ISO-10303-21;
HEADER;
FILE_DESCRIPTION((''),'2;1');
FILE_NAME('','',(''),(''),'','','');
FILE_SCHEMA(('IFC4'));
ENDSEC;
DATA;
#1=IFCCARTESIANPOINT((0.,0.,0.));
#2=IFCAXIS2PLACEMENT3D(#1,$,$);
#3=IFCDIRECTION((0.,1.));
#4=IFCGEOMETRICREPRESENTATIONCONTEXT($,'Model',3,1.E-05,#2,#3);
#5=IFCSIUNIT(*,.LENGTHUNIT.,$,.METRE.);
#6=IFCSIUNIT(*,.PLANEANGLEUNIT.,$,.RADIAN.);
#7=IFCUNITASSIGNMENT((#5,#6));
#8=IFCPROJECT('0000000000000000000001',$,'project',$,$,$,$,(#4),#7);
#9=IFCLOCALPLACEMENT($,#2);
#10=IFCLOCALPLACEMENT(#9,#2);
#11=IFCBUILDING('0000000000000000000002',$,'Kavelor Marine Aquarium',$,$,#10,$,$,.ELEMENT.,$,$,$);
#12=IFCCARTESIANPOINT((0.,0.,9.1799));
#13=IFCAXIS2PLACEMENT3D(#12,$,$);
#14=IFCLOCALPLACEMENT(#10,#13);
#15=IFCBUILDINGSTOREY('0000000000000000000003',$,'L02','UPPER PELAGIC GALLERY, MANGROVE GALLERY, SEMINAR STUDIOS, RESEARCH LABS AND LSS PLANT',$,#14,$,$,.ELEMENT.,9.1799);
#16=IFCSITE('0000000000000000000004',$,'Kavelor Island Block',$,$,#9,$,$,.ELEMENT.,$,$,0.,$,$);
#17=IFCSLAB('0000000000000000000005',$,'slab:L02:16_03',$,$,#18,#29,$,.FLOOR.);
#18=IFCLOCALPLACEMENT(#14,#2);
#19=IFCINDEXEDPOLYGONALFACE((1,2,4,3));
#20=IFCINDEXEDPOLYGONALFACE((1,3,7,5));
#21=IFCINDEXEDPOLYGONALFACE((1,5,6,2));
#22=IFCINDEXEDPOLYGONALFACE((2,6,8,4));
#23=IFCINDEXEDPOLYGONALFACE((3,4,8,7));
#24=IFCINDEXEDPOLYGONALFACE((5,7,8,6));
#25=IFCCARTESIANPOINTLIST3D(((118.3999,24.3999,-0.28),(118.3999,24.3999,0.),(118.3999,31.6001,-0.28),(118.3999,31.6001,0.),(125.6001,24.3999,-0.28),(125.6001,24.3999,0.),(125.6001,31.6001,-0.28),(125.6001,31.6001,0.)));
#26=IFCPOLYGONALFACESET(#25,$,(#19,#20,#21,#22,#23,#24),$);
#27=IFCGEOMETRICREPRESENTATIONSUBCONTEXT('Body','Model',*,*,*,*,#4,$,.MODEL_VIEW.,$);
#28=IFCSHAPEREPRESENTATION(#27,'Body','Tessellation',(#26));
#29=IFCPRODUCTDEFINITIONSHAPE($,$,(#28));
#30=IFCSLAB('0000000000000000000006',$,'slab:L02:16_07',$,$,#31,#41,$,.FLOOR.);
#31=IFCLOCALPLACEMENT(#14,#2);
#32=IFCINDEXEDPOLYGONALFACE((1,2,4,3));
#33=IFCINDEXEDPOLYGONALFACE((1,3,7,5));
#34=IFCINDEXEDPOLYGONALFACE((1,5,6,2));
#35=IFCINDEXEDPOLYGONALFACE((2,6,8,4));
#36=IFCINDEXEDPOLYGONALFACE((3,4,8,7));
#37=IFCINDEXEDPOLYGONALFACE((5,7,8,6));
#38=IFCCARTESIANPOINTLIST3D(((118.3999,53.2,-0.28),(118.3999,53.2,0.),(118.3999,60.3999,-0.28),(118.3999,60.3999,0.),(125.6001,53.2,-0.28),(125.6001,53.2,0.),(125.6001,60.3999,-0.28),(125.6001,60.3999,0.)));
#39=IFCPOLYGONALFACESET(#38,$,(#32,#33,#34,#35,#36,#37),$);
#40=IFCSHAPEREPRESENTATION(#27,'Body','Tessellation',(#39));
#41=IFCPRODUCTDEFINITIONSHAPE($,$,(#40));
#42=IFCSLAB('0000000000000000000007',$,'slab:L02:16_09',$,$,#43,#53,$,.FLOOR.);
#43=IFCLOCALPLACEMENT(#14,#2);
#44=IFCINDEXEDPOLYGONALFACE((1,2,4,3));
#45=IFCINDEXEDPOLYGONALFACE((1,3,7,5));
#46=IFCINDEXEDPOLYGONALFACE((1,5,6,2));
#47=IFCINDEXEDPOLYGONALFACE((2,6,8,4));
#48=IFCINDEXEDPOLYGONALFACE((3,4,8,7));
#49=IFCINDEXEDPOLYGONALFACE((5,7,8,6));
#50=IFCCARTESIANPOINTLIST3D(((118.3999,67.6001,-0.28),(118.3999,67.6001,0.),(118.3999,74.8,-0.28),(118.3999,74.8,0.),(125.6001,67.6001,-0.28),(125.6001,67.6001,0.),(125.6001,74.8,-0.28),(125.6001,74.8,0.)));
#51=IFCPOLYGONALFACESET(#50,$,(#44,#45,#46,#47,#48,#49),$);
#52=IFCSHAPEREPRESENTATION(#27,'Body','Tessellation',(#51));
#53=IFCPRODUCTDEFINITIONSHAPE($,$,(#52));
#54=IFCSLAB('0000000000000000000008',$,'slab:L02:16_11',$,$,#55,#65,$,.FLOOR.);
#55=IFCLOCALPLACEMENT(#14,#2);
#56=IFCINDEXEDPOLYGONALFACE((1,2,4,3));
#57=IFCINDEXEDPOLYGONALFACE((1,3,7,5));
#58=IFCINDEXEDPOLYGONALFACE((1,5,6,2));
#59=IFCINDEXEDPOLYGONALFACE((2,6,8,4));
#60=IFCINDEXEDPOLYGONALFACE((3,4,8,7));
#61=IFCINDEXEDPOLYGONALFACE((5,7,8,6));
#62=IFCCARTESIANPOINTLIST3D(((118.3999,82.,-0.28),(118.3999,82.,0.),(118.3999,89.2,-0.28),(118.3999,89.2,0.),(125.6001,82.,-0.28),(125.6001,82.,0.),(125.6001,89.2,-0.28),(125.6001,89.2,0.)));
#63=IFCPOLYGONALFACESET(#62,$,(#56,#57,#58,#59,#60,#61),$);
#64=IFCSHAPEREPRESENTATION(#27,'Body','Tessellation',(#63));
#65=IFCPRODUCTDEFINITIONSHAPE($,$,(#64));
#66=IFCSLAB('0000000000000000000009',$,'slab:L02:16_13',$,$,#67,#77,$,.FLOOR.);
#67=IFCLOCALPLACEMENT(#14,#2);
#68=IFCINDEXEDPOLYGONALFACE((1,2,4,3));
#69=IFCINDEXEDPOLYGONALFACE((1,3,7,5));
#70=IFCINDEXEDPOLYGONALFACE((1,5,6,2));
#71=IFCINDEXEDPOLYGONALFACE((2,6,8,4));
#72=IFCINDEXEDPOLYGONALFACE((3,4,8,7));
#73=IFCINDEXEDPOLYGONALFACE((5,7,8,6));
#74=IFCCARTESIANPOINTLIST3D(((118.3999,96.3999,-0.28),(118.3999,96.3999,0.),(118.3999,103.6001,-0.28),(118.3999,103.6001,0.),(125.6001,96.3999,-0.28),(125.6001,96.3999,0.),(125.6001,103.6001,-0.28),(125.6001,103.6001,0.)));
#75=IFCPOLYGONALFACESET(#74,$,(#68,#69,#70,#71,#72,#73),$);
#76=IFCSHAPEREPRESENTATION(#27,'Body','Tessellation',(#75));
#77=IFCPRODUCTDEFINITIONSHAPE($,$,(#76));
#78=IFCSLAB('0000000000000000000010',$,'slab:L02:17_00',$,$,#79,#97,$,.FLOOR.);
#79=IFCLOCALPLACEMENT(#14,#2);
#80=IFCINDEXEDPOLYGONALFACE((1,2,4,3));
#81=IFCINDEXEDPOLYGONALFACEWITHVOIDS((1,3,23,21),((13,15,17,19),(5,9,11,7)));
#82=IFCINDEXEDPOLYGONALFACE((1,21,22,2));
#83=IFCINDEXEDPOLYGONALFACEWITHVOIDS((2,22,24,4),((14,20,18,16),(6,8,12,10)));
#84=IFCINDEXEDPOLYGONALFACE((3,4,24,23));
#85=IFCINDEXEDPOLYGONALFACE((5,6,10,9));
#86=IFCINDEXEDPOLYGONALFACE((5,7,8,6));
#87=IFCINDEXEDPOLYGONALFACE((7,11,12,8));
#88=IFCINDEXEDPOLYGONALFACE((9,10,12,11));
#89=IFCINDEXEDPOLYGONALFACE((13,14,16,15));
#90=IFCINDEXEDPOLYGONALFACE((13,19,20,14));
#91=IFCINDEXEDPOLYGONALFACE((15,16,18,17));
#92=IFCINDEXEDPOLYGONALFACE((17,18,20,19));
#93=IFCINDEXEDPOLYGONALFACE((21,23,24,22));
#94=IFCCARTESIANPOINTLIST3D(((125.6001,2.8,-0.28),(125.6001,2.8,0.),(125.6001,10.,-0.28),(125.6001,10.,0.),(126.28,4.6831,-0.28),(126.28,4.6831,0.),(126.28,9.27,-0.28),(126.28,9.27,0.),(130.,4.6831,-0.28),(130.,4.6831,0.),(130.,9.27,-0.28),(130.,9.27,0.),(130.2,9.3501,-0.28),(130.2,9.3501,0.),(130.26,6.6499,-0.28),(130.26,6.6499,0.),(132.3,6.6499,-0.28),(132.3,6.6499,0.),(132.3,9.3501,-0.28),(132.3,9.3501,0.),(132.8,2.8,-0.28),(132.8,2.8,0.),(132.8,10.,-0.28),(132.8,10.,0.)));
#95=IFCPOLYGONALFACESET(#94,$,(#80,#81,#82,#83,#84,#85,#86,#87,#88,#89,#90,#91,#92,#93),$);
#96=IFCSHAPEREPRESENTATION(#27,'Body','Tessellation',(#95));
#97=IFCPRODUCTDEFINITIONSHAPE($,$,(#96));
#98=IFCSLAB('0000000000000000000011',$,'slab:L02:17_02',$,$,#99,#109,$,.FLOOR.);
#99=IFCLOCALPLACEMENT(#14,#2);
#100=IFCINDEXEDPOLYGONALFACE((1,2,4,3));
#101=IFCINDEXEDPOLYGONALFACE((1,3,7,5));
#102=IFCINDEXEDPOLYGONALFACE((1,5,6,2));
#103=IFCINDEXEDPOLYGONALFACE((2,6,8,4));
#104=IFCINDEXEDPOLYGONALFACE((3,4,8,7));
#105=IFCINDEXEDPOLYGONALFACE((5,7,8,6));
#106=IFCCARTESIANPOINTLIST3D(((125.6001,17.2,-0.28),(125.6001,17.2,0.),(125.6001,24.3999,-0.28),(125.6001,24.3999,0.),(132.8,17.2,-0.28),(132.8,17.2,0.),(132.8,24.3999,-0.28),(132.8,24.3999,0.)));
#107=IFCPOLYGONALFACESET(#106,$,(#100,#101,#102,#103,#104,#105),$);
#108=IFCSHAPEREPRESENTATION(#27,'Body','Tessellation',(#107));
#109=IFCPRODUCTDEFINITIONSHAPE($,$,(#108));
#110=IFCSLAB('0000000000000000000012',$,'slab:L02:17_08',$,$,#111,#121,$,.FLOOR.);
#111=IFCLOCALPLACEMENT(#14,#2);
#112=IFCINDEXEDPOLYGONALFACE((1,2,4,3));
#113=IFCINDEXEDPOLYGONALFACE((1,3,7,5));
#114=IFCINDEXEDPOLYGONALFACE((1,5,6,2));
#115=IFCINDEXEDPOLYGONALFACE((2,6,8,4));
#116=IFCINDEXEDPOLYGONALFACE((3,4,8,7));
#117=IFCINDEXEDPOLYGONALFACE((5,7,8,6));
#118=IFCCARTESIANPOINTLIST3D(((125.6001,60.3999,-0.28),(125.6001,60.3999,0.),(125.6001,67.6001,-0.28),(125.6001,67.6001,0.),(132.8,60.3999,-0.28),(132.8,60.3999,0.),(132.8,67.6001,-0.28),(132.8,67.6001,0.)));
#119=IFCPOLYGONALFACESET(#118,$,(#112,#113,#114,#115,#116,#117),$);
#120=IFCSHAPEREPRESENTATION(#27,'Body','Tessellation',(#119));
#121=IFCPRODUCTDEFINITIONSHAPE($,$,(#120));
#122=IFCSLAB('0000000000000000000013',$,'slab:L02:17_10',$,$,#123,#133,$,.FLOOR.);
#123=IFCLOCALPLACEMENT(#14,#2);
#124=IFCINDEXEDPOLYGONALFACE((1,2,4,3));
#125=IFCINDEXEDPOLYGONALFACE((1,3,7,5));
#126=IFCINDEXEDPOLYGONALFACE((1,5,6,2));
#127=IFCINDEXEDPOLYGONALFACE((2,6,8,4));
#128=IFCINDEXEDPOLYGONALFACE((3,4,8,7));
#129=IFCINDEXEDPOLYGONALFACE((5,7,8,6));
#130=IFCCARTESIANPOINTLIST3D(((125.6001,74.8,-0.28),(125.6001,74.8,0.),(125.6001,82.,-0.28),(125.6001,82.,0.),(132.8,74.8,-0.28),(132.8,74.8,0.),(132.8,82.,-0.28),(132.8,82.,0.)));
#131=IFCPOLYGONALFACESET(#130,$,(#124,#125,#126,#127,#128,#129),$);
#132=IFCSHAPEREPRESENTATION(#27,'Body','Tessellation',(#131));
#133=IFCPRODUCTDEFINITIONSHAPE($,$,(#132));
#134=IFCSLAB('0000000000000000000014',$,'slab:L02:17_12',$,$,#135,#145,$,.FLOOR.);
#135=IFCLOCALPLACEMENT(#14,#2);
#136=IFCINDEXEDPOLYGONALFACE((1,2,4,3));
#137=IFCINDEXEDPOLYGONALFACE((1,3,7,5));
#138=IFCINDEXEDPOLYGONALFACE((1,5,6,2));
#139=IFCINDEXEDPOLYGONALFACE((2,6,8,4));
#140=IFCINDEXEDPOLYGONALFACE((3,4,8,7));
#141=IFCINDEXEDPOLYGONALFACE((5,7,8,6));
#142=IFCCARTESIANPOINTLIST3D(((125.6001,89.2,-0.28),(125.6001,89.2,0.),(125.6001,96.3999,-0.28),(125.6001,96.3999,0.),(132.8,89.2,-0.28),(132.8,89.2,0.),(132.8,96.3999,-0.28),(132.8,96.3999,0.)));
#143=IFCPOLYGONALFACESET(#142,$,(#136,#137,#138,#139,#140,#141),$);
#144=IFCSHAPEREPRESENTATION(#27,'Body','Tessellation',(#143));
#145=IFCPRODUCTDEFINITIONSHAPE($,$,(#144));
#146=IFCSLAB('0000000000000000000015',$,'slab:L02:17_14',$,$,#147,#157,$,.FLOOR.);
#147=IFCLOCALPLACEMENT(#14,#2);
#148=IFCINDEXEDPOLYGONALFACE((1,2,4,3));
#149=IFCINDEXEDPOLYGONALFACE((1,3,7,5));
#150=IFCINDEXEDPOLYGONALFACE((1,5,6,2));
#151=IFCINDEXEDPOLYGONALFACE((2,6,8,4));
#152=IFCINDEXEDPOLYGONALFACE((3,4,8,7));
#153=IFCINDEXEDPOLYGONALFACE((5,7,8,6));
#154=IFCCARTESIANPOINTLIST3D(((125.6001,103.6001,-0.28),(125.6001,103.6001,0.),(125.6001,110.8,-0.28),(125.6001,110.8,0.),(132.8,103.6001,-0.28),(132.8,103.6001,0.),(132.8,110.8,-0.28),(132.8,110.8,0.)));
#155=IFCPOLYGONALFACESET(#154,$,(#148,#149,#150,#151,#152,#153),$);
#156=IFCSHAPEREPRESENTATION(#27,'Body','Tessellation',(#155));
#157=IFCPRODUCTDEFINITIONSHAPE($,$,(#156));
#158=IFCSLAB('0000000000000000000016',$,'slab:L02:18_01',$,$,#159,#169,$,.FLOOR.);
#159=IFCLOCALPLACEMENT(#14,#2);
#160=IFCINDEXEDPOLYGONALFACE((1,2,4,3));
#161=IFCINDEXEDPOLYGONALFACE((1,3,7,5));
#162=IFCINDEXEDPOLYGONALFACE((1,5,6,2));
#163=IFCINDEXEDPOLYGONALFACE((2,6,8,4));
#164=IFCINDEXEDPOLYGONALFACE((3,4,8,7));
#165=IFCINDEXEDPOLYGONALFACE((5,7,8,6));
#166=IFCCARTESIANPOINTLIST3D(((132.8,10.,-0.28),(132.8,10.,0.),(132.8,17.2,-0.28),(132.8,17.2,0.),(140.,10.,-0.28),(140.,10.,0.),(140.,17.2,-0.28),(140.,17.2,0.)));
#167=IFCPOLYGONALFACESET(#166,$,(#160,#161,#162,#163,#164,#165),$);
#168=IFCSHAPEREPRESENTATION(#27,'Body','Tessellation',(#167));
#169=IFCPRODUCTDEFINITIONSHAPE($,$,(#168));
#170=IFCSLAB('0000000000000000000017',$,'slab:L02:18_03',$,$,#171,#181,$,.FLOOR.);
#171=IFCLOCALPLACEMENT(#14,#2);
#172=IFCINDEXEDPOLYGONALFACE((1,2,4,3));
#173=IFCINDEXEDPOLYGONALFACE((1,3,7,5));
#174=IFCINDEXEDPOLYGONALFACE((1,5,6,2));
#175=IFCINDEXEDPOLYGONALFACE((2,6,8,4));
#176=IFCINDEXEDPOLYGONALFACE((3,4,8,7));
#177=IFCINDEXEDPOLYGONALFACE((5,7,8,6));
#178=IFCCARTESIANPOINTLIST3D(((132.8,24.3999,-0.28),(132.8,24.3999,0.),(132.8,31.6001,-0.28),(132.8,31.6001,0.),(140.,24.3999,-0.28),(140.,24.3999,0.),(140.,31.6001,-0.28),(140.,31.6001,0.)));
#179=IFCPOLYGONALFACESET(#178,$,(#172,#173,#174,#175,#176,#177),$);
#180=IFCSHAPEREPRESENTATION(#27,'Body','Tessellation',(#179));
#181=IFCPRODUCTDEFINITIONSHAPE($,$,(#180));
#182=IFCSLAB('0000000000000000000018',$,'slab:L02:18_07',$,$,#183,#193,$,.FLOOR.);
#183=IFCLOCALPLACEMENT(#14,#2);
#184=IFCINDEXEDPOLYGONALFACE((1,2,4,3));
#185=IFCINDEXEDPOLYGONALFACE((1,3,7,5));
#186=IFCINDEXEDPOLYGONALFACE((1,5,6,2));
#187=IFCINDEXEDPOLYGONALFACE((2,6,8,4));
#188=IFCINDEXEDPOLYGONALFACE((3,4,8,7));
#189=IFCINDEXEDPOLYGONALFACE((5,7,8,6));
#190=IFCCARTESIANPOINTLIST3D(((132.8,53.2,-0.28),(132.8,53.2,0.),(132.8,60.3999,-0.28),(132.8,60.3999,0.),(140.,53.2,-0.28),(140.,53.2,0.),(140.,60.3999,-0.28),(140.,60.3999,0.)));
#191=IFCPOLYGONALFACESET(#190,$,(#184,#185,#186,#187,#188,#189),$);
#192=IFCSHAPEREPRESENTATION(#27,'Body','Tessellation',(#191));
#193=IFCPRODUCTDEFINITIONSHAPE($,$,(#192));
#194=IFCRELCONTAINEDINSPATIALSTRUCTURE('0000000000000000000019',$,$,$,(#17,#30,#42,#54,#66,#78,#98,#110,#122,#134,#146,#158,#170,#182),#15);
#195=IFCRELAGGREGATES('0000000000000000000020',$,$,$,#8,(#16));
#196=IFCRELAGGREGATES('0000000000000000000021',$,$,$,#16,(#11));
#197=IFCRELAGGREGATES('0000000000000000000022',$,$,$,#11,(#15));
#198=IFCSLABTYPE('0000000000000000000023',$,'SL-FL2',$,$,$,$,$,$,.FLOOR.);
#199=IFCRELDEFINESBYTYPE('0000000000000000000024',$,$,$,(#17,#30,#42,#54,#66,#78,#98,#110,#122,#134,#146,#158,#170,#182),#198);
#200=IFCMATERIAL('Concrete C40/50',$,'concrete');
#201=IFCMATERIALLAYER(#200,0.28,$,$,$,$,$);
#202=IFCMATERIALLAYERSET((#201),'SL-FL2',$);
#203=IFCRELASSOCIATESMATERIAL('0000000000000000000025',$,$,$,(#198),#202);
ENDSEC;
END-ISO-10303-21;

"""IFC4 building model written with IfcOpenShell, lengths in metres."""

from ifc_helpers import new_model, si_unit, direction, frame, origin, place, context, subcontext, project, spatial, polyline, outline, extrude, material, layer, layer_set, type_object, element, save


model = new_model("IFC4")

# Units and contexts
model_context = context("Model", 3, precision=1e-05, world=origin(), true_north=direction((0.0, 1.0)))
body_context = subcontext(model_context, "Body", "Model", "MODEL_VIEW")
ifc_project = project(units=[si_unit("LENGTHUNIT", "METRE"), si_unit("PLANEANGLEUNIT", "RADIAN")], contexts=[model_context])

# Site, building, storey
site_placement = place(None, origin())
site = spatial("IfcSite", under=ifc_project, at=site_placement, Name="Kavelor Island Block", CompositionType="ELEMENT", RefElevation=0.0)
building_placement = place(site_placement, origin())
building = spatial("IfcBuilding", under=site, at=building_placement, Name="Kavelor Marine Aquarium", CompositionType="ELEMENT")
storey_placement = place(building_placement, frame((0.0, 0.0, 9.1799)))
storey = spatial("IfcBuildingStorey", under=building, at=storey_placement, Name="L02", Description="UPPER PELAGIC GALLERY, MANGROVE GALLERY, SEMINAR STUDIOS, RESEARCH LABS AND LSS PLANT", CompositionType="ELEMENT", Elevation=9.1799)

# Slabs
ifc_material = material(Name="Concrete C40/50", Category="concrete")
ifc_layer = layer(ifc_material, 0.28)
ifc_layer_set = layer_set([ifc_layer], Name="SL-FL2")
slab_type = type_object("IfcSlabType", Name="SL-FL2", PredefinedType="FLOOR", material=ifc_layer_set)
slab_1_placement = place(storey_placement, frame((0.0, 0.0, -0.28)))
element("IfcSlab", 1, at=slab_1_placement, inside=storey, type_object=slab_type, Name="slab:L02:16_03", PredefinedType="FLOOR", context=body_context, shape_type="SweptSolid", body=[
    extrude(outline(polyline([(118.3999, 24.3999), (125.6001, 24.3999), (125.6001, 31.6001), (118.3999, 31.6001), (118.3999, 24.3999)])), origin(), (0.0, 0.0, 1.0), 0.28),
])
slab_2_placement = place(storey_placement, frame((0.0, 0.0, -0.28)))
element("IfcSlab", 2, at=slab_2_placement, inside=storey, type_object=slab_type, Name="slab:L02:16_07", PredefinedType="FLOOR", context=body_context, shape_type="SweptSolid", body=[
    extrude(outline(polyline([(118.3999, 53.2), (125.6001, 53.2), (125.6001, 60.3999), (118.3999, 60.3999), (118.3999, 53.2)])), origin(), (0.0, 0.0, 1.0), 0.28),
])
slab_3_placement = place(storey_placement, frame((0.0, 0.0, -0.28)))
element("IfcSlab", 3, at=slab_3_placement, inside=storey, type_object=slab_type, Name="slab:L02:16_09", PredefinedType="FLOOR", context=body_context, shape_type="SweptSolid", body=[
    extrude(outline(polyline([(118.3999, 67.6001), (125.6001, 67.6001), (125.6001, 74.8), (118.3999, 74.8), (118.3999, 67.6001)])), origin(), (0.0, 0.0, 1.0), 0.28),
])
slab_4_placement = place(storey_placement, frame((0.0, 0.0, -0.28)))
element("IfcSlab", 4, at=slab_4_placement, inside=storey, type_object=slab_type, Name="slab:L02:16_11", PredefinedType="FLOOR", context=body_context, shape_type="SweptSolid", body=[
    extrude(outline(polyline([(118.3999, 82.0), (125.6001, 82.0), (125.6001, 89.2), (118.3999, 89.2), (118.3999, 82.0)])), origin(), (0.0, 0.0, 1.0), 0.28),
])
slab_5_placement = place(storey_placement, frame((0.0, 0.0, -0.28)))
element("IfcSlab", 5, at=slab_5_placement, inside=storey, type_object=slab_type, Name="slab:L02:16_13", PredefinedType="FLOOR", context=body_context, shape_type="SweptSolid", body=[
    extrude(outline(polyline([(118.3999, 96.3999), (125.6001, 96.3999), (125.6001, 103.6001), (118.3999, 103.6001), (118.3999, 96.3999)])), origin(), (0.0, 0.0, 1.0), 0.28),
])
slab_6_placement = place(storey_placement, frame((0.0, 0.0, -0.28)))
element("IfcSlab", 6, at=slab_6_placement, inside=storey, type_object=slab_type, Name="slab:L02:17_00", PredefinedType="FLOOR", context=body_context, shape_type="SweptSolid", body=[
    extrude(outline(polyline([(125.6001, 2.8), (132.8, 2.8), (132.8, 10.0), (125.6001, 10.0), (125.6001, 2.8)]), holes=[polyline([(126.28, 4.6831), (130.0, 4.6831), (130.0, 9.27), (126.28, 9.27), (126.28, 4.6831)]), polyline([(130.26, 6.6499), (132.3, 6.6499), (132.3, 9.3501), (130.2, 9.3501), (130.26, 6.6499)])]), origin(), (0.0, 0.0, 1.0), 0.28),
])
slab_7_placement = place(storey_placement, frame((0.0, 0.0, -0.28)))
element("IfcSlab", 7, at=slab_7_placement, inside=storey, type_object=slab_type, Name="slab:L02:17_02", PredefinedType="FLOOR", context=body_context, shape_type="SweptSolid", body=[
    extrude(outline(polyline([(125.6001, 17.2), (132.8, 17.2), (132.8, 24.3999), (125.6001, 24.3999), (125.6001, 17.2)])), origin(), (0.0, 0.0, 1.0), 0.28),
])
slab_8_placement = place(storey_placement, frame((0.0, 0.0, -0.28)))
element("IfcSlab", 8, at=slab_8_placement, inside=storey, type_object=slab_type, Name="slab:L02:17_08", PredefinedType="FLOOR", context=body_context, shape_type="SweptSolid", body=[
    extrude(outline(polyline([(125.6001, 60.3999), (132.8, 60.3999), (132.8, 67.6001), (125.6001, 67.6001), (125.6001, 60.3999)])), origin(), (0.0, 0.0, 1.0), 0.28),
])
slab_9_placement = place(storey_placement, frame((0.0, 0.0, -0.28)))
element("IfcSlab", 9, at=slab_9_placement, inside=storey, type_object=slab_type, Name="slab:L02:17_10", PredefinedType="FLOOR", context=body_context, shape_type="SweptSolid", body=[
    extrude(outline(polyline([(125.6001, 74.8), (132.8, 74.8), (132.8, 82.0), (125.6001, 82.0), (125.6001, 74.8)])), origin(), (0.0, 0.0, 1.0), 0.28),
])
slab_10_placement = place(storey_placement, frame((0.0, 0.0, -0.28)))
element("IfcSlab", 10, at=slab_10_placement, inside=storey, type_object=slab_type, Name="slab:L02:17_12", PredefinedType="FLOOR", context=body_context, shape_type="SweptSolid", body=[
    extrude(outline(polyline([(125.6001, 89.2), (132.8, 89.2), (132.8, 96.3999), (125.6001, 96.3999), (125.6001, 89.2)])), origin(), (0.0, 0.0, 1.0), 0.28),
])
slab_11_placement = place(storey_placement, frame((0.0, 0.0, -0.28)))
element("IfcSlab", 11, at=slab_11_placement, inside=storey, type_object=slab_type, Name="slab:L02:17_14", PredefinedType="FLOOR", context=body_context, shape_type="SweptSolid", body=[
    extrude(outline(polyline([(125.6001, 103.6001), (132.8, 103.6001), (132.8, 110.8), (125.6001, 110.8), (125.6001, 103.6001)])), origin(), (0.0, 0.0, 1.0), 0.28),
])
slab_12_placement = place(storey_placement, frame((0.0, 0.0, -0.28)))
element("IfcSlab", 12, at=slab_12_placement, inside=storey, type_object=slab_type, Name="slab:L02:18_01", PredefinedType="FLOOR", context=body_context, shape_type="SweptSolid", body=[
    extrude(outline(polyline([(132.8, 10.0), (140.0, 10.0), (140.0, 17.2), (132.8, 17.2), (132.8, 10.0)])), origin(), (0.0, 0.0, 1.0), 0.28),
])
slab_13_placement = place(storey_placement, frame((0.0, 0.0, -0.28)))
element("IfcSlab", 13, at=slab_13_placement, inside=storey, type_object=slab_type, Name="slab:L02:18_03", PredefinedType="FLOOR", context=body_context, shape_type="SweptSolid", body=[
    extrude(outline(polyline([(132.8, 24.3999), (140.0, 24.3999), (140.0, 31.6001), (132.8, 31.6001), (132.8, 24.3999)])), origin(), (0.0, 0.0, 1.0), 0.28),
])
slab_14_placement = place(storey_placement, frame((0.0, 0.0, -0.28)))
element("IfcSlab", 14, at=slab_14_placement, inside=storey, type_object=slab_type, Name="slab:L02:18_07", PredefinedType="FLOOR", context=body_context, shape_type="SweptSolid", body=[
    extrude(outline(polyline([(132.8, 53.2), (140.0, 53.2), (140.0, 60.3999), (132.8, 60.3999), (132.8, 53.2)])), origin(), (0.0, 0.0, 1.0), 0.28),
])

save(model, "model.ifc")
